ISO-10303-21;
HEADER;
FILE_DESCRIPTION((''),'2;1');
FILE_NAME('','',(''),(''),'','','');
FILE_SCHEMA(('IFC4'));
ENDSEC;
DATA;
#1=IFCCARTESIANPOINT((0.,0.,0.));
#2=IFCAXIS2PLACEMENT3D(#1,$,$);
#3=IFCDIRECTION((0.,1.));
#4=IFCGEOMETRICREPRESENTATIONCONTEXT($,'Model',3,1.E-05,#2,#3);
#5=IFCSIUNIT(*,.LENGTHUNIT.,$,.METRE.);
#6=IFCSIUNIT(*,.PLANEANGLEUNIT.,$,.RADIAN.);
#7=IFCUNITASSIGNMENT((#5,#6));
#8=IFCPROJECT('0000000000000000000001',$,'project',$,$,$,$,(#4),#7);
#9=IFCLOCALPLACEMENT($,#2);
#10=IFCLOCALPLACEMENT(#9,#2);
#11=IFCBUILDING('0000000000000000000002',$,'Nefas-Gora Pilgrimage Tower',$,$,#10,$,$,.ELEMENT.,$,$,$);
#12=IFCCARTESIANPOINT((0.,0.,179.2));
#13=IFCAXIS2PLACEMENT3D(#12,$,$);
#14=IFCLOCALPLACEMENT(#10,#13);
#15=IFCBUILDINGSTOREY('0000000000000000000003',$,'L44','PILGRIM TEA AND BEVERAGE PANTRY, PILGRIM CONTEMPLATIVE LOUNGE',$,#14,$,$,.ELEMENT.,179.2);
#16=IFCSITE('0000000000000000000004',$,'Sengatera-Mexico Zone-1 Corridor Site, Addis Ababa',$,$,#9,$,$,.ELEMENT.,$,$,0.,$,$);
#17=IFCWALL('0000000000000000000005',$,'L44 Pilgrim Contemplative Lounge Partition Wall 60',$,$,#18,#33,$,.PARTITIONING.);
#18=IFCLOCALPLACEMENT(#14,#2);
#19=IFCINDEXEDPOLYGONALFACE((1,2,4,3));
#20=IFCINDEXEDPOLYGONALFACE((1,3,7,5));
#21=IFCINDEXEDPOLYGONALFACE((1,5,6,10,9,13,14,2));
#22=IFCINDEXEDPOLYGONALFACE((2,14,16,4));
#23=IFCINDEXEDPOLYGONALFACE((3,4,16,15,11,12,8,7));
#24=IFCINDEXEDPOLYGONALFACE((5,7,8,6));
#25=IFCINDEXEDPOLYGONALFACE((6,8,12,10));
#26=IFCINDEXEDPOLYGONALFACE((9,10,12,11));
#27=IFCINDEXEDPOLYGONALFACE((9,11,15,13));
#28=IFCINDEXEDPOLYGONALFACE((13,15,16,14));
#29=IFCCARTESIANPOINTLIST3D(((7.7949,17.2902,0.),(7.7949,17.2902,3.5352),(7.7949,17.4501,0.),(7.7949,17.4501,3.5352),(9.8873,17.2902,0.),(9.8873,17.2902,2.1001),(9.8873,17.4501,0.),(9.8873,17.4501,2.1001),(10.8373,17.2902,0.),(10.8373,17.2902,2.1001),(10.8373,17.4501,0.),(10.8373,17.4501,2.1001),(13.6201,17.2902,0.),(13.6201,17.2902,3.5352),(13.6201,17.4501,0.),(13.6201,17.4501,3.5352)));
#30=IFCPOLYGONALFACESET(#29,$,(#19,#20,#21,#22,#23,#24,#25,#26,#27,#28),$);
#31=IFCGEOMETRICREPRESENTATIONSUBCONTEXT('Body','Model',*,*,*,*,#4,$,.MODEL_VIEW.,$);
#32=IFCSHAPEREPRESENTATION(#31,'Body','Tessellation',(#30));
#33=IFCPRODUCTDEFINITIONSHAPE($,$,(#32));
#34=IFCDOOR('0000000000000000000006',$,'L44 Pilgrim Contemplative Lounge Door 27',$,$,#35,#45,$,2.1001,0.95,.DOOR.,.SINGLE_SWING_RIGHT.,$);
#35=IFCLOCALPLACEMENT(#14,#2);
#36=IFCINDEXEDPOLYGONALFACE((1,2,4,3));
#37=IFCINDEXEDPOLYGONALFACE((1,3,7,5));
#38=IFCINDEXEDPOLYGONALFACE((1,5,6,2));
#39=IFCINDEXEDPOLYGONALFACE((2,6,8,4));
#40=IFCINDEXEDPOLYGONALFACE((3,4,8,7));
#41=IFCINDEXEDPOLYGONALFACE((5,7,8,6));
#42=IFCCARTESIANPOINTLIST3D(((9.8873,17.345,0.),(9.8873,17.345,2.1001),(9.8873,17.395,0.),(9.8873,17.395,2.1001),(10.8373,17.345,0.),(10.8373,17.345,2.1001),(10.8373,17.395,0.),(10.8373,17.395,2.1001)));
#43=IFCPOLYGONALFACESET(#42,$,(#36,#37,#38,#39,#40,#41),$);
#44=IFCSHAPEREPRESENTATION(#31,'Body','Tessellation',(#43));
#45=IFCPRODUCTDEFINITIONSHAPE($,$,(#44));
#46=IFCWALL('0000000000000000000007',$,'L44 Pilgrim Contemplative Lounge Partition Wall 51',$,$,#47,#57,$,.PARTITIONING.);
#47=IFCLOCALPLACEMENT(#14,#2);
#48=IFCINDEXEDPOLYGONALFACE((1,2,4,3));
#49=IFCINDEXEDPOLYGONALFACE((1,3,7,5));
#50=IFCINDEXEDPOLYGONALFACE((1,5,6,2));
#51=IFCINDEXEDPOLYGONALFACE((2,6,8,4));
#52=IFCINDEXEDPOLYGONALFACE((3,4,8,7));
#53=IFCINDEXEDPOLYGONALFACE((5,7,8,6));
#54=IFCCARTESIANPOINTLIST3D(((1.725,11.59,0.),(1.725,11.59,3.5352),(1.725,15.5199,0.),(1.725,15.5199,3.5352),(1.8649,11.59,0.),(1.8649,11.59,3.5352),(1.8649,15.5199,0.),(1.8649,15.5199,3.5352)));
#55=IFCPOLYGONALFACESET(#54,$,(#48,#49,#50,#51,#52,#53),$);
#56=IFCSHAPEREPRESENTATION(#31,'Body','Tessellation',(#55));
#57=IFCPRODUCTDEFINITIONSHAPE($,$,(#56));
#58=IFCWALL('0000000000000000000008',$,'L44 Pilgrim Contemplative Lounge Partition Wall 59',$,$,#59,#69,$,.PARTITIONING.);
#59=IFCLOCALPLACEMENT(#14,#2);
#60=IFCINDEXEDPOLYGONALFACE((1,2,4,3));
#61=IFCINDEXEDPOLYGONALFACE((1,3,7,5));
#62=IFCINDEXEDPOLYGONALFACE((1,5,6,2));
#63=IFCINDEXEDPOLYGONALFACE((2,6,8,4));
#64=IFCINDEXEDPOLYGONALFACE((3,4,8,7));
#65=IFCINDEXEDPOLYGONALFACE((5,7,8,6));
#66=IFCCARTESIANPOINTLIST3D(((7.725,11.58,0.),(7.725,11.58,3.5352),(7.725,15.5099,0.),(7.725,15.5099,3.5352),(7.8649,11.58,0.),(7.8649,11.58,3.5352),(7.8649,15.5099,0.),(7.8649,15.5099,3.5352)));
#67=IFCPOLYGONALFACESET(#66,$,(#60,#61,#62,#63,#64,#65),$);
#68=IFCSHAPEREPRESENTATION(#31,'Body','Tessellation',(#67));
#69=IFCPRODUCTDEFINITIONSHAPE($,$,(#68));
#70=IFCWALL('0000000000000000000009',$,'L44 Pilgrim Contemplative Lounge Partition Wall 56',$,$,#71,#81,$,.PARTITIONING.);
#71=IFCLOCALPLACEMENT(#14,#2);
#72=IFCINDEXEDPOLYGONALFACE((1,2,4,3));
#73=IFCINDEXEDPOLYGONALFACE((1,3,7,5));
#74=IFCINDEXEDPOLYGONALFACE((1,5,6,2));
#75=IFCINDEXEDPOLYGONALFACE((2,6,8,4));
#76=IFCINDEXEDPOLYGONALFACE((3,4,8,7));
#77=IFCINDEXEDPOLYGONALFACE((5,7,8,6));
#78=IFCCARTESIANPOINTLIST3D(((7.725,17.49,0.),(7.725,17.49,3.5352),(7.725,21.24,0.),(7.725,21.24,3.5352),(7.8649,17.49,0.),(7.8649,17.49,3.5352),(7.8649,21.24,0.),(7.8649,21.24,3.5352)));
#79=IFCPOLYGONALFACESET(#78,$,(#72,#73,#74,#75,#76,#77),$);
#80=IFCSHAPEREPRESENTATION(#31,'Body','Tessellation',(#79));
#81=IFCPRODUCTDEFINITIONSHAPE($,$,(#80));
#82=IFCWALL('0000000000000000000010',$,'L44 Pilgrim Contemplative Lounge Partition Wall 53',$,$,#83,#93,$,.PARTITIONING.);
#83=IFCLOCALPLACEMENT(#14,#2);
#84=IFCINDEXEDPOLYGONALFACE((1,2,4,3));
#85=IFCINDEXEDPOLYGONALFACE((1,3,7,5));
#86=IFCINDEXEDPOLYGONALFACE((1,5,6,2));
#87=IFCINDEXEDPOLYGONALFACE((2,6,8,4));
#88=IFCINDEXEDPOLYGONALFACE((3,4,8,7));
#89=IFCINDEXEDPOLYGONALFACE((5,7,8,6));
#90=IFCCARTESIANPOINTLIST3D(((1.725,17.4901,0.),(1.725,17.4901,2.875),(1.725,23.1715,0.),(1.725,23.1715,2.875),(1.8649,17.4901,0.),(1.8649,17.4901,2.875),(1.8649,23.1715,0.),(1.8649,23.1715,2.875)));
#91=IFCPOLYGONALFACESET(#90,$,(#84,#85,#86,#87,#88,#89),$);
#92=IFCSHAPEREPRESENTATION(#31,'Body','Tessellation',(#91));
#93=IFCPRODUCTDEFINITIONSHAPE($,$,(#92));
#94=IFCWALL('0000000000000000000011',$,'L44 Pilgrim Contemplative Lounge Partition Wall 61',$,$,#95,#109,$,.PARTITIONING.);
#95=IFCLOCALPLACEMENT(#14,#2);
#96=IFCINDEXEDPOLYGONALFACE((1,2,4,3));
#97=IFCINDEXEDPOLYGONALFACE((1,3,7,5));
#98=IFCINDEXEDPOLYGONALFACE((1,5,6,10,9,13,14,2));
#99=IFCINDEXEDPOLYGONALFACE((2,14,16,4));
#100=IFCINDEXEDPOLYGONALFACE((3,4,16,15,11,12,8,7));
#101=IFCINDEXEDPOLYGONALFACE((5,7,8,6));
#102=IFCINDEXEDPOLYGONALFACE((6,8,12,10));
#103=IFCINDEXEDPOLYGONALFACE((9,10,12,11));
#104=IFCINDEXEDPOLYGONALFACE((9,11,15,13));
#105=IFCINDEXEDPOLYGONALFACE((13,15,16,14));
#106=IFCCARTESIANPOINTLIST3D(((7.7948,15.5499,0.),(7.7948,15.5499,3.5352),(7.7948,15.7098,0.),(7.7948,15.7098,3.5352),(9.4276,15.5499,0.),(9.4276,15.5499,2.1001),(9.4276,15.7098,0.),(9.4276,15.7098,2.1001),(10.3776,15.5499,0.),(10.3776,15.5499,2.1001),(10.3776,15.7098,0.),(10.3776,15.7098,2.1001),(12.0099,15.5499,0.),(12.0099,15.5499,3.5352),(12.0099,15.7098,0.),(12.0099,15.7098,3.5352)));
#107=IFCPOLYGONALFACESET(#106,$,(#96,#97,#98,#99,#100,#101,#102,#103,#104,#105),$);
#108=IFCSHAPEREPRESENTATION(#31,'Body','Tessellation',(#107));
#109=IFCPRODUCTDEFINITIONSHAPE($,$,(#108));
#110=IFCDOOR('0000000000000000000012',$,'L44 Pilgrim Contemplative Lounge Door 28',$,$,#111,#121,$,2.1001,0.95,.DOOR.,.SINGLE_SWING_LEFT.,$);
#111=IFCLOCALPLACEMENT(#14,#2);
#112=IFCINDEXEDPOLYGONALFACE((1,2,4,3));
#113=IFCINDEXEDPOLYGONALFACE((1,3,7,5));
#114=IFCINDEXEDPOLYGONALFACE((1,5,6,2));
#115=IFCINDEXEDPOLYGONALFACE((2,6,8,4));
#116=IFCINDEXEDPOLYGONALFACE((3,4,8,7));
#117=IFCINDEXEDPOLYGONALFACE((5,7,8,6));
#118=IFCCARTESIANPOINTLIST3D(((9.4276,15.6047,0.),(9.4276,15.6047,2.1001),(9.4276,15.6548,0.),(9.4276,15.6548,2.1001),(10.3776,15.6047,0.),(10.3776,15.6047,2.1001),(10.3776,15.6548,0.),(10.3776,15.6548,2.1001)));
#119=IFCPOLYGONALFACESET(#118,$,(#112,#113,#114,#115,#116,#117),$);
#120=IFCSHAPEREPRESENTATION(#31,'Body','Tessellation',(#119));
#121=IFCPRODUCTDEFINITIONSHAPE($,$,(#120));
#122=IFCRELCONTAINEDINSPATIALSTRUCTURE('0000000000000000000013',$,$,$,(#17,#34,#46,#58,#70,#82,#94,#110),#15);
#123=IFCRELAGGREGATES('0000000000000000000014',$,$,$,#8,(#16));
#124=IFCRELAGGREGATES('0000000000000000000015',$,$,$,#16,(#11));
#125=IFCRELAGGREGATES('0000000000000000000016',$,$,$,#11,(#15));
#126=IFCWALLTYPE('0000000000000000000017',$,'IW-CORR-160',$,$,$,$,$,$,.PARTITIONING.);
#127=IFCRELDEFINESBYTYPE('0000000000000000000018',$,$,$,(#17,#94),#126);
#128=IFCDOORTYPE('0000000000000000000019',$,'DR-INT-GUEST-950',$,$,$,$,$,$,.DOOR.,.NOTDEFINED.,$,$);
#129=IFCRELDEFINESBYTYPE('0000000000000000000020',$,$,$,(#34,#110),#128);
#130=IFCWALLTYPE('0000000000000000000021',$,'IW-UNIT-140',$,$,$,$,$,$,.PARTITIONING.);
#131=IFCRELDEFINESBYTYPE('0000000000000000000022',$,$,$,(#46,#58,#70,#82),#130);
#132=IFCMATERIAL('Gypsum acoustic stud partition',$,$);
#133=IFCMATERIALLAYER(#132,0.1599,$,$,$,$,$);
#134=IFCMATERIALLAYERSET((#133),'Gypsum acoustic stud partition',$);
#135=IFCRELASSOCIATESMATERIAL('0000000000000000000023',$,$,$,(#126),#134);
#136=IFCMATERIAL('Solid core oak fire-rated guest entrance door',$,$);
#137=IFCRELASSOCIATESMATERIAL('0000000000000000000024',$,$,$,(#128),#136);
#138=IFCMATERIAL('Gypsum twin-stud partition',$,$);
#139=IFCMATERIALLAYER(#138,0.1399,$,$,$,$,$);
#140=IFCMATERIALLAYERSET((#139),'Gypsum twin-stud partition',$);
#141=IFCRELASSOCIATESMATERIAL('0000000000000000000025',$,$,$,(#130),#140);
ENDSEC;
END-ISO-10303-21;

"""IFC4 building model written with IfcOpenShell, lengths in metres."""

from ifc_helpers import new_model, si_unit, direction, frame, frame_2d, origin, place, context, subcontext, project, spatial, rectangle, extrude, source, transform, mapped, material, layer, layer_set, type_object, element, fill, save


model = new_model("IFC4")

# Units and contexts
model_context = context("Model", 3, precision=1e-05, world=origin(), true_north=direction((0.0, 1.0)))
body_context = subcontext(model_context, "Body", "Model", "MODEL_VIEW")
ifc_project = project(units=[si_unit("LENGTHUNIT", "METRE"), si_unit("PLANEANGLEUNIT", "RADIAN")], contexts=[model_context])

# Site, building, storey
site_placement = place(None, origin())
site = spatial("IfcSite", under=ifc_project, at=site_placement, Name="Sengatera-Mexico Zone-1 Corridor Site, Addis Ababa", CompositionType="ELEMENT", RefElevation=0.0)
building_placement = place(site_placement, origin())
building = spatial("IfcBuilding", under=site, at=building_placement, Name="Nefas-Gora Pilgrimage Tower", CompositionType="ELEMENT")
storey_placement = place(building_placement, frame((0.0, 0.0, 179.2)))
storey = spatial("IfcBuildingStorey", under=building, at=storey_placement, Name="L44", Description="PILGRIM TEA AND BEVERAGE PANTRY, PILGRIM CONTEMPLATIVE LOUNGE", CompositionType="ELEMENT", Elevation=179.2)

# Wall, opening, door
ifc_material_1 = material(Name="Gypsum acoustic stud partition")
ifc_layer_1 = layer(ifc_material_1, 0.1599)
ifc_layer_set_1 = layer_set([ifc_layer_1], Name="Gypsum acoustic stud partition")
wall_type_1 = type_object("IfcWallType", Name="IW-CORR-160", PredefinedType="PARTITIONING", material=ifc_layer_set_1)
ifc_material_2 = material(Name="Solid core oak fire-rated guest entrance door")
door_type_1 = type_object("IfcDoorType", Name="DR-INT-GUEST-950", OperationType="NOTDEFINED", PredefinedType="DOOR", material=ifc_material_2)
shared_shape_1 = source(origin(), body_context, "Body", "SweptSolid", [
    extrude(rectangle(XDim=0.95, YDim=2.1001, at=frame_2d((0.4751, 1.05))), frame((0.0, 0.0249, 0.0), z_axis=(0.0, -1.0, 0.0), x_axis=(1.0, 0.0, 0.0)), (0.0, 0.0, 1.0), 0.05),
])
shared_shape_2 = source(origin(), body_context, "Body", "SweptSolid", [
    extrude(rectangle(XDim=5.8252, YDim=0.1599, at=frame_2d((2.9126, 0.0))), origin(), (0.0, 0.0, 1.0), 3.5352),
])
wall_1_placement = place(storey_placement, frame((7.7949, 17.3701, 0.0), z_axis=(0.0, 0.0, 1.0), x_axis=(1.0, 0.0, 0.0)))
wall_1 = element("IfcWall", 1, at=wall_1_placement, inside=storey, type_object=wall_type_1, Name="L44 Pilgrim Contemplative Lounge Partition Wall 60", PredefinedType="PARTITIONING", context=body_context, shape_type="MappedRepresentation", body=[
    mapped(shared_shape_2, transform((0.0, 0.0, 0.0), x_axis=(1.0, 0.0, 0.0), y_axis=(0.0, 1.0, 0.0), z_axis=(0.0, 0.0, 1.0), scale=1.0)),
])
opening_1_placement = place(wall_1_placement, frame((2.0923, 0.0, 0.0)))
opening_1 = element("IfcOpeningElement", 2, at=opening_1_placement, cuts=wall_1, PredefinedType="OPENING", context=body_context, shape_type="SweptSolid", body=[
    extrude(rectangle(XDim=0.95, YDim=2.1001, at=frame_2d((0.4751, 1.05))), frame((0.0, 0.0898, 0.0), z_axis=(0.0, -1.0, 0.0), x_axis=(1.0, 0.0, 0.0)), (0.0, 0.0, 1.0), 0.1799),
])
door_1_placement = place(opening_1_placement, origin())
door_1 = element("IfcDoor", 3, at=door_1_placement, inside=storey, type_object=door_type_1, Name="L44 Pilgrim Contemplative Lounge Door 27", OperationType="SINGLE_SWING_RIGHT", OverallHeight=2.1001, OverallWidth=0.95, PredefinedType="DOOR", context=body_context, shape_type="MappedRepresentation", body=[
    mapped(shared_shape_1, transform((0.0, 0.0, 0.0), x_axis=(1.0, 0.0, 0.0), y_axis=(0.0, 1.0, 0.0), z_axis=(0.0, 0.0, 1.0), scale=1.0)),
])
fill(opening_1, door_1)

# Walls
ifc_material_3 = material(Name="Gypsum twin-stud partition")
ifc_layer_2 = layer(ifc_material_3, 0.1399)
ifc_layer_set_2 = layer_set([ifc_layer_2], Name="Gypsum twin-stud partition")
wall_type_2 = type_object("IfcWallType", Name="IW-UNIT-140", PredefinedType="PARTITIONING", material=ifc_layer_set_2)
shared_shape_3 = source(origin(), body_context, "Body", "SweptSolid", [
    extrude(rectangle(XDim=3.9299, YDim=0.1399, at=frame_2d((1.9648, 0.0))), origin(), (0.0, 0.0, 1.0), 3.5352),
])
for number, where, z_axis, x_axis, name in (
    (4, (1.7949, 11.5901, 0.0), (0.0, 0.0, 1.0), (0.0, 1.0, 0.0), "L44 Pilgrim Contemplative Lounge Partition Wall 51"),
    (5, (7.7949, 11.5801, 0.0), (0.0, 0.0, 1.0), (0.0, 1.0, 0.0), "L44 Pilgrim Contemplative Lounge Partition Wall 59"),
):
    element("IfcWall", number, at=place(storey_placement, frame(where, z_axis=z_axis, x_axis=x_axis)), inside=storey, type_object=wall_type_2, Name=name, PredefinedType="PARTITIONING", context=body_context, shape_type="MappedRepresentation", body=[
        mapped(shared_shape_3, transform((0.0, 0.0, 0.0), x_axis=(1.0, 0.0, 0.0), y_axis=(0.0, 1.0, 0.0), z_axis=(0.0, 0.0, 1.0), scale=1.0)),
    ])
shared_shape_4 = source(origin(), body_context, "Body", "SweptSolid", [
    extrude(rectangle(XDim=3.75, YDim=0.1399, at=frame_2d((1.875, 0.0))), origin(), (0.0, 0.0, 1.0), 3.5352),
])
wall_2_placement = place(storey_placement, frame((7.7949, 17.49, 0.0), z_axis=(0.0, 0.0, 1.0), x_axis=(0.0, 1.0, 0.0)))
element("IfcWall", 6, at=wall_2_placement, inside=storey, type_object=wall_type_2, Name="L44 Pilgrim Contemplative Lounge Partition Wall 56", PredefinedType="PARTITIONING", context=body_context, shape_type="MappedRepresentation", body=[
    mapped(shared_shape_4, transform((0.0, 0.0, 0.0), x_axis=(1.0, 0.0, 0.0), y_axis=(0.0, 1.0, 0.0), z_axis=(0.0, 0.0, 1.0), scale=1.0)),
])
shared_shape_5 = source(origin(), body_context, "Body", "SweptSolid", [
    extrude(rectangle(XDim=5.6814, YDim=0.1399, at=frame_2d((2.8408, 0.0))), origin(), (0.0, 0.0, 1.0), 2.875),
])
wall_3_placement = place(storey_placement, frame((1.7949, 17.49, 0.0), z_axis=(0.0, 0.0, 1.0), x_axis=(0.0, 1.0, 0.0)))
element("IfcWall", 7, at=wall_3_placement, inside=storey, type_object=wall_type_2, Name="L44 Pilgrim Contemplative Lounge Partition Wall 53", PredefinedType="PARTITIONING", context=body_context, shape_type="MappedRepresentation", body=[
    mapped(shared_shape_5, transform((0.0, 0.0, 0.0), x_axis=(1.0, 0.0, 0.0), y_axis=(0.0, 1.0, 0.0), z_axis=(0.0, 0.0, 1.0), scale=1.0)),
])

# Wall, opening, door
shared_shape_6 = source(origin(), body_context, "Body", "SweptSolid", [
    extrude(rectangle(XDim=4.2151, YDim=0.1599, at=frame_2d((2.1074, 0.0))), origin(), (0.0, 0.0, 1.0), 3.5352),
])
wall_4_placement = place(storey_placement, frame((7.7949, 15.6299, 0.0), z_axis=(0.0, 0.0, 1.0), x_axis=(1.0, 0.0, 0.0)))
wall_4 = element("IfcWall", 8, at=wall_4_placement, inside=storey, type_object=wall_type_1, Name="L44 Pilgrim Contemplative Lounge Partition Wall 61", PredefinedType="PARTITIONING", context=body_context, shape_type="MappedRepresentation", body=[
    mapped(shared_shape_6, transform((0.0, 0.0, 0.0), x_axis=(1.0, 0.0, 0.0), y_axis=(0.0, 1.0, 0.0), z_axis=(0.0, 0.0, 1.0), scale=1.0)),
])
opening_2_placement = place(wall_4_placement, frame((1.6326, 0.0, 0.0)))
opening_2 = element("IfcOpeningElement", 9, at=opening_2_placement, cuts=wall_4, PredefinedType="OPENING", context=body_context, shape_type="SweptSolid", body=[
    extrude(rectangle(XDim=0.95, YDim=2.1001, at=frame_2d((0.4751, 1.05))), frame((0.0, 0.0898, 0.0), z_axis=(0.0, -1.0, 0.0), x_axis=(1.0, 0.0, 0.0)), (0.0, 0.0, 1.0), 0.1799),
])
door_2_placement = place(opening_2_placement, origin())
door_2 = element("IfcDoor", 10, at=door_2_placement, inside=storey, type_object=door_type_1, Name="L44 Pilgrim Contemplative Lounge Door 28", OperationType="SINGLE_SWING_LEFT", OverallHeight=2.1001, OverallWidth=0.95, PredefinedType="DOOR", context=body_context, shape_type="MappedRepresentation", body=[
    mapped(shared_shape_1, transform((0.0, 0.0, 0.0), x_axis=(1.0, 0.0, 0.0), y_axis=(0.0, 1.0, 0.0), z_axis=(0.0, 0.0, 1.0), scale=1.0)),
])
fill(opening_2, door_2)

save(model, "model.ifc")
